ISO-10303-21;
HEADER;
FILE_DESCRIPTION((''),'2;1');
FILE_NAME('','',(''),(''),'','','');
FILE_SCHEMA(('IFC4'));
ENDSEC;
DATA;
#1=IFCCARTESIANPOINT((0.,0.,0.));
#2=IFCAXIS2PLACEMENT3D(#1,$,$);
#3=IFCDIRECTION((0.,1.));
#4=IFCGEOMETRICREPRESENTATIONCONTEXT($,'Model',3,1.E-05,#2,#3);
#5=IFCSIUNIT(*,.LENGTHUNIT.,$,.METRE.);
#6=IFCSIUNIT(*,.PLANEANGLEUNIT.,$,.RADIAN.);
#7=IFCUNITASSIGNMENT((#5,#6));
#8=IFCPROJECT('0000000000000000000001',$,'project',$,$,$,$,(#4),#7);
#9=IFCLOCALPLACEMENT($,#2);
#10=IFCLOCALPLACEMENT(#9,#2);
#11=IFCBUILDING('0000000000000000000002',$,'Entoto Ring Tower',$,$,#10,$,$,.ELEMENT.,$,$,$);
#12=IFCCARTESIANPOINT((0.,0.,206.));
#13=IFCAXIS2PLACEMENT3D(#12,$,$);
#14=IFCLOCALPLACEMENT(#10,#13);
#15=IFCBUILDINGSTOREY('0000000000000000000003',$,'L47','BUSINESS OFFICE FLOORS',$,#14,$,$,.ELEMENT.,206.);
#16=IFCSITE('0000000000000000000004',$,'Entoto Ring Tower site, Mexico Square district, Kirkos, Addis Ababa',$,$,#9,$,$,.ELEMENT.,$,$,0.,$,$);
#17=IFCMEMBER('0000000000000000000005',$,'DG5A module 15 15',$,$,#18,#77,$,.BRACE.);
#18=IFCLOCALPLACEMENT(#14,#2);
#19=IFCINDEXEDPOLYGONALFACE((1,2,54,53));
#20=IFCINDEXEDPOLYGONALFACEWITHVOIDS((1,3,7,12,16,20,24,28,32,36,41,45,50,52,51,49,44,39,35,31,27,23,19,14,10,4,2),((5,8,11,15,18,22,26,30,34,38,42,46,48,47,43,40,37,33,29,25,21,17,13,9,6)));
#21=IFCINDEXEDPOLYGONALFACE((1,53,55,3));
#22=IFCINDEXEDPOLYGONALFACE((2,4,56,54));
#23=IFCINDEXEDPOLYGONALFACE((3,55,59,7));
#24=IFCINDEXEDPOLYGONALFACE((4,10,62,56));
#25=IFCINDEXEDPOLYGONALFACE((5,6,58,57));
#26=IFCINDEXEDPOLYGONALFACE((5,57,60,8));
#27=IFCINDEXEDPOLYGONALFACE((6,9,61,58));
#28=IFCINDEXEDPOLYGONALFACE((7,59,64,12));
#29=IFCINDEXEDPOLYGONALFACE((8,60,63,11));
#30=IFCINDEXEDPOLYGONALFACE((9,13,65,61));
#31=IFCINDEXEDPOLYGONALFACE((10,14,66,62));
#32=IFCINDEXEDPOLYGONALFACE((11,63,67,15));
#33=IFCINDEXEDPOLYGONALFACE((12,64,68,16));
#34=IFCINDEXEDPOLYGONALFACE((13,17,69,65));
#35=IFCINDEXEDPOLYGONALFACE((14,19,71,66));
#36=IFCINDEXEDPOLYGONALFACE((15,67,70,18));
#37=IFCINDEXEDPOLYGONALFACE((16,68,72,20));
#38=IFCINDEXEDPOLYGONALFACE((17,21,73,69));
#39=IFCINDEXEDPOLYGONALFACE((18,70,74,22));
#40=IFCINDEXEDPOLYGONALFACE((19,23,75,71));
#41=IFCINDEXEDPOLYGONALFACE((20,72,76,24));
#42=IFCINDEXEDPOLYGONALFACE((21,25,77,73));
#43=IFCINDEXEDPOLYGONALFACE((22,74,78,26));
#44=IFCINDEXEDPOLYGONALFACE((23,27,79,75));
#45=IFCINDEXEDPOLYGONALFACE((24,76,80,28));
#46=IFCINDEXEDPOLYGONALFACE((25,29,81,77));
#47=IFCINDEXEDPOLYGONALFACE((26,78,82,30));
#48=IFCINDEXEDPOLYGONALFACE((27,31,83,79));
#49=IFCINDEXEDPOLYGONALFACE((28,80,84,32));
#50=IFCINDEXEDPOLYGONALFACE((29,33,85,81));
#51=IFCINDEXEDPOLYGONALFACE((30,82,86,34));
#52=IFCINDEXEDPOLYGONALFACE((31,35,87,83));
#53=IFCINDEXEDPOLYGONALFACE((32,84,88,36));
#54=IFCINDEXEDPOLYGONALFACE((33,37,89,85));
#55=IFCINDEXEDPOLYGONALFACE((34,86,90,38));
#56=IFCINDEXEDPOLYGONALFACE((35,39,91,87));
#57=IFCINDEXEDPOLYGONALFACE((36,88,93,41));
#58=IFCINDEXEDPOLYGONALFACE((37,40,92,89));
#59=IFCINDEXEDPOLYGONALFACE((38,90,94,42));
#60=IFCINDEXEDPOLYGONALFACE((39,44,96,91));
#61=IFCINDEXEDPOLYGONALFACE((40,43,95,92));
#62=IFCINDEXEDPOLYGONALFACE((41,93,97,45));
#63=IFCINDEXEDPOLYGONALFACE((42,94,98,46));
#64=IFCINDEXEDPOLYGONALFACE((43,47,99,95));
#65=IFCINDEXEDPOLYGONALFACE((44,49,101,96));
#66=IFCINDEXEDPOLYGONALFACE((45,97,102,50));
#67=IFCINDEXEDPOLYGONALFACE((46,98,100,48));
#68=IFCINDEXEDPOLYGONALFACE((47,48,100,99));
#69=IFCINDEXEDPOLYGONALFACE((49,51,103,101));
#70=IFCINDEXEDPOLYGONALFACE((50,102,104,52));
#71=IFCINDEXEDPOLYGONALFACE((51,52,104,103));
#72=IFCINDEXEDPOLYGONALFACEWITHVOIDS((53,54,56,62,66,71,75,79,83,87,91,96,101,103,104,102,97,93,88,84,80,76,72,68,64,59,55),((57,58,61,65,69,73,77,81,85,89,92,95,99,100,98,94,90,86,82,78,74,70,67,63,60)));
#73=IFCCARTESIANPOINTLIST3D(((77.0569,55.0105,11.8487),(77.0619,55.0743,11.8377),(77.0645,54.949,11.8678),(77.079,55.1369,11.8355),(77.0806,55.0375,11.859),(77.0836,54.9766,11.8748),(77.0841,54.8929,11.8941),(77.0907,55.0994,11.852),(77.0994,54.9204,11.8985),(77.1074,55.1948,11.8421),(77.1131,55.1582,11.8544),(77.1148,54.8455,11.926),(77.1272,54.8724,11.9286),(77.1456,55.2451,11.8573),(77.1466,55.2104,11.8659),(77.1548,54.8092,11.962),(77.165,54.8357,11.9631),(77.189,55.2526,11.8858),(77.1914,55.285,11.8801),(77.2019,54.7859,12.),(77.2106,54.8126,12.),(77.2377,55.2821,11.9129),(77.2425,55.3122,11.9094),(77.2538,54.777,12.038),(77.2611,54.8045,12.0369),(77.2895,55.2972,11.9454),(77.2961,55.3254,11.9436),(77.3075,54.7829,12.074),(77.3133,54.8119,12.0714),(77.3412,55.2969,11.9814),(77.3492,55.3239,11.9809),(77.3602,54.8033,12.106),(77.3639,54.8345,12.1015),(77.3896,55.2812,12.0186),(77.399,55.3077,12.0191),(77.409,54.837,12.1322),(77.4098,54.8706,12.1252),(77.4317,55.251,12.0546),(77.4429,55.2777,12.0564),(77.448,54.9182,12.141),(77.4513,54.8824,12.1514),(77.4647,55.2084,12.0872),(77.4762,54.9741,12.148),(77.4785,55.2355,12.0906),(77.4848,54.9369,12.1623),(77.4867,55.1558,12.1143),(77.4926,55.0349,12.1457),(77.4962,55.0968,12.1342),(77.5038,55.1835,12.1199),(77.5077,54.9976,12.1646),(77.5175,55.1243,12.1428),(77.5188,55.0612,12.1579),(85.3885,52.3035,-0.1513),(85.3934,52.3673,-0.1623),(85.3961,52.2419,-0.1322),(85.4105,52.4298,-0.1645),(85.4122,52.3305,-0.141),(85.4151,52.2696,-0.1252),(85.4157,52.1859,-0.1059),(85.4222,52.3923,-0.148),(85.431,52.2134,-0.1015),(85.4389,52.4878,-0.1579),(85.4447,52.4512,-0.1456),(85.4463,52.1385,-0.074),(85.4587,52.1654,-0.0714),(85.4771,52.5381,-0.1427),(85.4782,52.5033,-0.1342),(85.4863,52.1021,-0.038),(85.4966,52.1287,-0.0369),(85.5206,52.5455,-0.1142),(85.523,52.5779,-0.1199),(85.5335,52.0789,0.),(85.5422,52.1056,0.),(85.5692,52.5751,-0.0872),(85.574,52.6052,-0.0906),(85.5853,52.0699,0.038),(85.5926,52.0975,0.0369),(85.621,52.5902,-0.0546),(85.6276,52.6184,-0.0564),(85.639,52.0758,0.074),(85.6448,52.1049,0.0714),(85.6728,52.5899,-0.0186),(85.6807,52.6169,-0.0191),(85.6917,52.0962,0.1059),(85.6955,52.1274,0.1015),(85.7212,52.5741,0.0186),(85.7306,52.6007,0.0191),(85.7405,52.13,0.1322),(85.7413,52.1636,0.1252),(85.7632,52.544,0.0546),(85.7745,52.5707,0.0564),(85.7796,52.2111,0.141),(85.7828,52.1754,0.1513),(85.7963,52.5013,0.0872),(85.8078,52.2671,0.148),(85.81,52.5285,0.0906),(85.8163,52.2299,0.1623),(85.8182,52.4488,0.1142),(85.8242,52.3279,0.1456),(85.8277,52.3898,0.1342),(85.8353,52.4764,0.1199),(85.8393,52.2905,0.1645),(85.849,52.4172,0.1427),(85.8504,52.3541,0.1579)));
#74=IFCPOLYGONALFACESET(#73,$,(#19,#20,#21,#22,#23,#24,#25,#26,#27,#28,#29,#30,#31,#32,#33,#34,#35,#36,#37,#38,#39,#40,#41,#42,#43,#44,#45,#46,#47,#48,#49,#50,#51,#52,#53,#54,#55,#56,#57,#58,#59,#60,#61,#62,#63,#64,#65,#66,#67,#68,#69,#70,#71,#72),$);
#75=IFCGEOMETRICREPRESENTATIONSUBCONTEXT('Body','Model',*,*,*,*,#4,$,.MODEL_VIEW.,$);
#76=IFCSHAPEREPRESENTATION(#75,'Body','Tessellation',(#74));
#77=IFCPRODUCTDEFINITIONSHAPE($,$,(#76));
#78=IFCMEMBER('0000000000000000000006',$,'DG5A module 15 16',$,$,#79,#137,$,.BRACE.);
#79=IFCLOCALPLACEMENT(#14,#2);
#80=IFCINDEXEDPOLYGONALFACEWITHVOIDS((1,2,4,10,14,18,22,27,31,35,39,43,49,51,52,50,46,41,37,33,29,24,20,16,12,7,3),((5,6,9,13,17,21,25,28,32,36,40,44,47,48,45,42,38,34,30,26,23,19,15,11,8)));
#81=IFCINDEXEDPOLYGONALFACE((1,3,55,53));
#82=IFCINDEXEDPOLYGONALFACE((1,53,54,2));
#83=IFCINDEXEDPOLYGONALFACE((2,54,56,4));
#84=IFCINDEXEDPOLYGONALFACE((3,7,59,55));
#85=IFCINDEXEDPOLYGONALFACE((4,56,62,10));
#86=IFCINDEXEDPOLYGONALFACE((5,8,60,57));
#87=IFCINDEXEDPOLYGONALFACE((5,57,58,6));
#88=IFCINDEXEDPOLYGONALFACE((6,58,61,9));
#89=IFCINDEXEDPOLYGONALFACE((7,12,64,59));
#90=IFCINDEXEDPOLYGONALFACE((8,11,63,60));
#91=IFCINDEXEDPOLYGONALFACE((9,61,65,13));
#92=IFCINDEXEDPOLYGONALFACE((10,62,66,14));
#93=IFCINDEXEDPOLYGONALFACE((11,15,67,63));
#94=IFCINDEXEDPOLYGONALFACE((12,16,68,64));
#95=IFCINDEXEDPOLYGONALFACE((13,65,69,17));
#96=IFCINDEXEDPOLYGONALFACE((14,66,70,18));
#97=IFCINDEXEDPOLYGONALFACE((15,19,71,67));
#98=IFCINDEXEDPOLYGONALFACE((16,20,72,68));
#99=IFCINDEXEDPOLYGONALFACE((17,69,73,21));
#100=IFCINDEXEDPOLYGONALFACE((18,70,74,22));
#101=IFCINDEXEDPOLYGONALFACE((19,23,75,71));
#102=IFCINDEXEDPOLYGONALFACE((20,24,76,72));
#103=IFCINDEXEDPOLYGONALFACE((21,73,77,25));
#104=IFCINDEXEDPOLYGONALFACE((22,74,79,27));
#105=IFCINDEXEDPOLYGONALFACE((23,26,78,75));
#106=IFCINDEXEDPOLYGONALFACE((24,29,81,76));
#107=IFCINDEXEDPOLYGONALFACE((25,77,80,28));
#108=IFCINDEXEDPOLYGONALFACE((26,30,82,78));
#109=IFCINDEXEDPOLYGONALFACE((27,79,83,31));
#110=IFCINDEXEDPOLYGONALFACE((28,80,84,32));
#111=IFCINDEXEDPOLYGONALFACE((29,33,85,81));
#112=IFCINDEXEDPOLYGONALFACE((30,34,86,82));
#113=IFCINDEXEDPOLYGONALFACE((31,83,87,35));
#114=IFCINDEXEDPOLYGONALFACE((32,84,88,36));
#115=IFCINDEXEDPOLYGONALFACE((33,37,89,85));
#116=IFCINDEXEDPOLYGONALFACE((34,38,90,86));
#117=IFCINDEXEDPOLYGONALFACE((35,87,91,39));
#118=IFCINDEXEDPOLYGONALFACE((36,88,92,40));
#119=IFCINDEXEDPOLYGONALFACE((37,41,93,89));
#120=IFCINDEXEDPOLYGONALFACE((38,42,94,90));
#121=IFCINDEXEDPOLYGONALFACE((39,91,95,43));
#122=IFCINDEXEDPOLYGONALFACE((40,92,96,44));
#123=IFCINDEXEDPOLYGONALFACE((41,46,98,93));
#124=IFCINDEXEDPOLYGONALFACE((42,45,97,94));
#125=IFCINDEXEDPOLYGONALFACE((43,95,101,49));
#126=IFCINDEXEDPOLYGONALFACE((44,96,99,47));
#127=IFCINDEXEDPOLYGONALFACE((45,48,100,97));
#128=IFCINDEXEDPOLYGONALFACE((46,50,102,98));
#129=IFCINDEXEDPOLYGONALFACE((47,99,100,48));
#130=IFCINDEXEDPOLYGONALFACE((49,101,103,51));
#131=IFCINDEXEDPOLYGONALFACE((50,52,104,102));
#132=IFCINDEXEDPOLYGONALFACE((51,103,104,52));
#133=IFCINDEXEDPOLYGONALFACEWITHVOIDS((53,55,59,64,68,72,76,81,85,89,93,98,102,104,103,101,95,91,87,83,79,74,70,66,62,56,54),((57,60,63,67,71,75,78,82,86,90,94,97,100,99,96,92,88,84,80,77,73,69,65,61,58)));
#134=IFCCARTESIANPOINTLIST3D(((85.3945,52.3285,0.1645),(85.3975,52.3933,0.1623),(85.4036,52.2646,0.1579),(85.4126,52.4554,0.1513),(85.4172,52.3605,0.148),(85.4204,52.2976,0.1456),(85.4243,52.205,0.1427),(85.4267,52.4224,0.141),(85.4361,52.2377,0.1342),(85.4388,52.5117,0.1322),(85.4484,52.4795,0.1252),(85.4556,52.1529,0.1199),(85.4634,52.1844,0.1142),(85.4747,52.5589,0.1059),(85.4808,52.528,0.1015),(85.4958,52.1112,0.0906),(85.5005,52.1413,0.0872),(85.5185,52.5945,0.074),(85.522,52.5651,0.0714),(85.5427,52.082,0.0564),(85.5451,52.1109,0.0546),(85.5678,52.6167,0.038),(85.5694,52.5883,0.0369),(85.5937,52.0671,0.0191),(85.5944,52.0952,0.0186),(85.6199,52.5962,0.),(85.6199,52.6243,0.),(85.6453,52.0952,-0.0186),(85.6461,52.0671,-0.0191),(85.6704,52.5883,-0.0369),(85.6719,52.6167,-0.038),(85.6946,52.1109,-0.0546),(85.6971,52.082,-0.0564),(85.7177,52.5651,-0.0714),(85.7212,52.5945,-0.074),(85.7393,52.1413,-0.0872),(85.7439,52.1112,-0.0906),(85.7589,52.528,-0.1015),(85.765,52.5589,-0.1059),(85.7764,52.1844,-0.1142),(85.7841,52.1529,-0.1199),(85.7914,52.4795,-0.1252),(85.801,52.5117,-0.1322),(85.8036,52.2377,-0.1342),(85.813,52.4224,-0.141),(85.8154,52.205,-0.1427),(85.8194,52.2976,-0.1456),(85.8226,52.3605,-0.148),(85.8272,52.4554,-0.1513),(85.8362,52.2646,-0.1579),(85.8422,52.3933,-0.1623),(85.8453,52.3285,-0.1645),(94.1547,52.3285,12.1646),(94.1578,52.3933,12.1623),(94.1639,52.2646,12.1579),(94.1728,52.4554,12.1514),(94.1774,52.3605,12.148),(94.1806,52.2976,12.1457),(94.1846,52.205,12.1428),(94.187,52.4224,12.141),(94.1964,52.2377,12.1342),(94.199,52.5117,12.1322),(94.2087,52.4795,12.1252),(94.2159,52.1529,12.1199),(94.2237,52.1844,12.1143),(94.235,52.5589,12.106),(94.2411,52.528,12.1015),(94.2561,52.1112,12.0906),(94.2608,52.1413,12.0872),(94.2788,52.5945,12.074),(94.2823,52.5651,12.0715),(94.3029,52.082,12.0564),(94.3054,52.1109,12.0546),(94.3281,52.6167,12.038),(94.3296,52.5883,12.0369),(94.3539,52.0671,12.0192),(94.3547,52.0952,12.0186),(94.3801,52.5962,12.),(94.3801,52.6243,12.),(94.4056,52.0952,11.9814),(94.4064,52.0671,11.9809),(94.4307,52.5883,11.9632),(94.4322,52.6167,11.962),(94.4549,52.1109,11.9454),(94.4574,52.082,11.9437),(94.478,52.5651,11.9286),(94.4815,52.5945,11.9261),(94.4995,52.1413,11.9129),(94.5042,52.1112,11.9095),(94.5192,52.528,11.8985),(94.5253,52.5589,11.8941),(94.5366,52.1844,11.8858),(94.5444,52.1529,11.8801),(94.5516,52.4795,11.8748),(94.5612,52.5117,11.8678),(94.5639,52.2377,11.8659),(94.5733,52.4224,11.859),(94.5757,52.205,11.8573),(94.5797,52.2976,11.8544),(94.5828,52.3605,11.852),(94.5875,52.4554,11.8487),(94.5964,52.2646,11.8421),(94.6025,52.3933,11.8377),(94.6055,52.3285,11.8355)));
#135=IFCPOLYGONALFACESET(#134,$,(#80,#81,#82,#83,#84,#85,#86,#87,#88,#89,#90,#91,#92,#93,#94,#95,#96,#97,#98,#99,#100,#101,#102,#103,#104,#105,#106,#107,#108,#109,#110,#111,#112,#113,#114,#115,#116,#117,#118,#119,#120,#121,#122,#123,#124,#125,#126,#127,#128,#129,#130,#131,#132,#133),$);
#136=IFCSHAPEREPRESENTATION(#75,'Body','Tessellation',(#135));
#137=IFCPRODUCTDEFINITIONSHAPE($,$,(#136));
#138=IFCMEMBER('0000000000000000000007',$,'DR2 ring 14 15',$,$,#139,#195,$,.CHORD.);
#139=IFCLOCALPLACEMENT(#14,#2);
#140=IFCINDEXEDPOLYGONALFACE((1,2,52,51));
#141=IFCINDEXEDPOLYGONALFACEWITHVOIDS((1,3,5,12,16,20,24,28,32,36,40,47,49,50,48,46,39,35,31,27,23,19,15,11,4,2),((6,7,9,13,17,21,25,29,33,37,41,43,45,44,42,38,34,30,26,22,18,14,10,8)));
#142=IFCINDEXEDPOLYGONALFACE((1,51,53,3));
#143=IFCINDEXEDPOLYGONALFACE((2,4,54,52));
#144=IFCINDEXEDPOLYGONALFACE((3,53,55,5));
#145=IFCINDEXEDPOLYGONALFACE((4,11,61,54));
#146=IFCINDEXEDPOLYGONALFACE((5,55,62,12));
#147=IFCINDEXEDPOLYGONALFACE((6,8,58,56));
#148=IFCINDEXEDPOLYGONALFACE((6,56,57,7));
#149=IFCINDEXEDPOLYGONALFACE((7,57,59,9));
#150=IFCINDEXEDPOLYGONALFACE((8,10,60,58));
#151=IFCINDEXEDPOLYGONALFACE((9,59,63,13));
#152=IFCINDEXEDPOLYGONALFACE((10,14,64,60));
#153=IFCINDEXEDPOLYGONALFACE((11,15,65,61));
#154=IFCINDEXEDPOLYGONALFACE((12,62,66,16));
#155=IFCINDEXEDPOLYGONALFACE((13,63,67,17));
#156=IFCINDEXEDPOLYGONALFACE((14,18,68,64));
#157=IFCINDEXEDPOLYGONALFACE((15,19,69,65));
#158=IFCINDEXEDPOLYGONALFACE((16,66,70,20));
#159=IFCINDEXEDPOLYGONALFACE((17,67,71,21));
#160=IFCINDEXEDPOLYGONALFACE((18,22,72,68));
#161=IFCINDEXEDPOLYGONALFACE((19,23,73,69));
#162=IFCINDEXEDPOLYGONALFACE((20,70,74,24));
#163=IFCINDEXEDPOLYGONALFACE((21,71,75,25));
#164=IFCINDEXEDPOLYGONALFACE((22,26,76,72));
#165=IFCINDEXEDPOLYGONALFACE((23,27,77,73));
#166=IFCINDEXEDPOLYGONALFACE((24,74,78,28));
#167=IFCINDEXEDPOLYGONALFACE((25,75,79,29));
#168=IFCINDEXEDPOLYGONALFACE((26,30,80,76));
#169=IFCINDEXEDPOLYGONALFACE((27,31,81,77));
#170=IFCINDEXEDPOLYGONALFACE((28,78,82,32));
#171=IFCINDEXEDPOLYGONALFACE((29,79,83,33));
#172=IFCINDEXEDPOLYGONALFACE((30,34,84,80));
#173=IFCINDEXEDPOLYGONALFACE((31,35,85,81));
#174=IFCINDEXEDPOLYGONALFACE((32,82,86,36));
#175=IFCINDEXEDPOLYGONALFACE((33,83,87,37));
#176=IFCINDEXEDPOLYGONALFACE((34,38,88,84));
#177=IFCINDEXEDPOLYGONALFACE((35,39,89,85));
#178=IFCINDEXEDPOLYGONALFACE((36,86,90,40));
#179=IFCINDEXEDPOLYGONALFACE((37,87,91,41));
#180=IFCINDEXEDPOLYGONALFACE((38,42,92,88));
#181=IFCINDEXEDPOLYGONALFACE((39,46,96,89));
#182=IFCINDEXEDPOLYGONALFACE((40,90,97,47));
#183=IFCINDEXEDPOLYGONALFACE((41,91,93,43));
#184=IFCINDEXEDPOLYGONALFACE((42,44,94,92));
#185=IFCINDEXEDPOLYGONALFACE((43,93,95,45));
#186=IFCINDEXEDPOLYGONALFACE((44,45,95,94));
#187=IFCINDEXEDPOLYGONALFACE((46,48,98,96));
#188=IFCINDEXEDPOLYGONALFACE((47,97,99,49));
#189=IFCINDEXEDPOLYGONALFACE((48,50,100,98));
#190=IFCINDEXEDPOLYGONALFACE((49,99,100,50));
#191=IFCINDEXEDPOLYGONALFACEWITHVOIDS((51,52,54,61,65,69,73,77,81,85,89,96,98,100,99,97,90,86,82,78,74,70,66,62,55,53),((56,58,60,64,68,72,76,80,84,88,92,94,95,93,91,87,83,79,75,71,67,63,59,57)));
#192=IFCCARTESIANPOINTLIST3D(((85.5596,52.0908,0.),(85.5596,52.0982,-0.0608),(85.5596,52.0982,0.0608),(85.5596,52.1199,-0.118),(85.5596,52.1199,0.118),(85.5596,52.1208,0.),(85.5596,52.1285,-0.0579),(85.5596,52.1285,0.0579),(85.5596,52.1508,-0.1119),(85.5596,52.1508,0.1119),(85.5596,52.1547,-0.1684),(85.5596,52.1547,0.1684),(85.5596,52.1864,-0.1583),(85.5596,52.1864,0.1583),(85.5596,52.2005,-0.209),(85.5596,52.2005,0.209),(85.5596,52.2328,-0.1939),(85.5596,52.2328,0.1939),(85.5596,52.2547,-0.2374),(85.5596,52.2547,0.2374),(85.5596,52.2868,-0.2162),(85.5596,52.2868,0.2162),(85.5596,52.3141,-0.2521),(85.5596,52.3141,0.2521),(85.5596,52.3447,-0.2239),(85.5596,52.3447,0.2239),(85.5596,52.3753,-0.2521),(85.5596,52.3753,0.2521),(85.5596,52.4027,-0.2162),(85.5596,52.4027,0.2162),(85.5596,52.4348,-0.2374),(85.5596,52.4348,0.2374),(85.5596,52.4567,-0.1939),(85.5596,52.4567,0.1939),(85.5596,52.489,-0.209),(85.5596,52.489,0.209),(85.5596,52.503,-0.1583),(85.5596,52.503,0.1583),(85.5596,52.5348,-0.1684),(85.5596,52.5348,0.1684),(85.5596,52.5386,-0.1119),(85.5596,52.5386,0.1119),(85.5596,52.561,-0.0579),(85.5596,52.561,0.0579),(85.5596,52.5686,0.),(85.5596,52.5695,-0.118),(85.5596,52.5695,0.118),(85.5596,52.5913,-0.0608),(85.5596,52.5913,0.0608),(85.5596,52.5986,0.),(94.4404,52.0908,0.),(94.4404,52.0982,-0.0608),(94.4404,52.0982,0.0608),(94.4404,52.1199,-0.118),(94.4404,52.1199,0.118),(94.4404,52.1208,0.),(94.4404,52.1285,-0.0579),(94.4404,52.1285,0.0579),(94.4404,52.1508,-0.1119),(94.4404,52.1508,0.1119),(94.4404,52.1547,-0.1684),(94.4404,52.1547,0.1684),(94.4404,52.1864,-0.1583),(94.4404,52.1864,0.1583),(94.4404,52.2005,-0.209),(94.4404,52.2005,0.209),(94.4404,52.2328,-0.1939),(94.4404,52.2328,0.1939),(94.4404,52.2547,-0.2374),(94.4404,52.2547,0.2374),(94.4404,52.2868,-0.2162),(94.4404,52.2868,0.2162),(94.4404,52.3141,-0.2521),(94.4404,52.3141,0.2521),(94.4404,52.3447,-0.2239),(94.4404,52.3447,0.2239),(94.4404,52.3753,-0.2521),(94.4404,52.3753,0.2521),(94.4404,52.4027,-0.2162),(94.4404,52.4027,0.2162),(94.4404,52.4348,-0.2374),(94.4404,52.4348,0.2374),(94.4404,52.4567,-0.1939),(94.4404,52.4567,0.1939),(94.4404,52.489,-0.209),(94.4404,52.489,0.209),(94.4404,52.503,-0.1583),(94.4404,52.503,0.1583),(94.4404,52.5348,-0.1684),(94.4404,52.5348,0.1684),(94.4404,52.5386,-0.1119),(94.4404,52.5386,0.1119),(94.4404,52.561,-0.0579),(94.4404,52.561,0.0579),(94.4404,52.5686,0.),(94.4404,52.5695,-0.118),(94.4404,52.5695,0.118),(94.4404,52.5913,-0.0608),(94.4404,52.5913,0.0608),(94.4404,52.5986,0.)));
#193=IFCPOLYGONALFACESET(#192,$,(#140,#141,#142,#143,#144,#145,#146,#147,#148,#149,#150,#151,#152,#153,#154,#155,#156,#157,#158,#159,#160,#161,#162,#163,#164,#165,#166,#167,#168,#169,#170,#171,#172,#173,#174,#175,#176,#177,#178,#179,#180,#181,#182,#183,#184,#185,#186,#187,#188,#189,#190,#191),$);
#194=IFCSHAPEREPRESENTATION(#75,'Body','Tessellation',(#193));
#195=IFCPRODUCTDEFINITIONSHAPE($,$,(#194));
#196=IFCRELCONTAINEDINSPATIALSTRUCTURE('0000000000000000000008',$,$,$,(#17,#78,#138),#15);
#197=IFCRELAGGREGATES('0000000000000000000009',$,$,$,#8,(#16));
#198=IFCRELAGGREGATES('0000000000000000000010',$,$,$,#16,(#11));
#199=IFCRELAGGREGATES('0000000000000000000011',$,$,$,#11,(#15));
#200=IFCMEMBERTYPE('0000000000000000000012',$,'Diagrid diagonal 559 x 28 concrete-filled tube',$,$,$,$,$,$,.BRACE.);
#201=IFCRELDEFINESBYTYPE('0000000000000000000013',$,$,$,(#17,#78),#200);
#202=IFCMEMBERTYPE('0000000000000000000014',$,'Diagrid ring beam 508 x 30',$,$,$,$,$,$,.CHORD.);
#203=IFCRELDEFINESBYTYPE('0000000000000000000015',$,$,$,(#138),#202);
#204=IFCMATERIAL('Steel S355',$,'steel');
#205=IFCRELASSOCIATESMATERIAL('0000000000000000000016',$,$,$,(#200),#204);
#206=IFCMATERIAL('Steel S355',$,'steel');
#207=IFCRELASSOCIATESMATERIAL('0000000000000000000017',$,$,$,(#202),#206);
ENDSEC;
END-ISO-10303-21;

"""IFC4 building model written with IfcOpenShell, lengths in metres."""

from ifc_helpers import new_model, si_unit, direction, frame, origin, origin_2d, place, context, subcontext, project, spatial, circle, hollow_circle, extrude, material, material_profile, profile_set, type_object, element, save


model = new_model("IFC4")

# Units and contexts
model_context = context("Model", 3, precision=1e-05, world=origin(), true_north=direction((0.0, 1.0)))
body_context = subcontext(model_context, "Body", "Model", "MODEL_VIEW")
ifc_project = project(units=[si_unit("LENGTHUNIT", "METRE"), si_unit("PLANEANGLEUNIT", "RADIAN")], contexts=[model_context])

# Site, building, storey
site_placement = place(None, origin())
site = spatial("IfcSite", under=ifc_project, at=site_placement, Name="Entoto Ring Tower site, Mexico Square district, Kirkos, Addis Ababa", CompositionType="ELEMENT", RefElevation=0.0)
building_placement = place(site_placement, origin())
building = spatial("IfcBuilding", under=site, at=building_placement, Name="Entoto Ring Tower", CompositionType="ELEMENT")
storey_placement = place(building_placement, frame((0.0, 0.0, 206.0)))
storey = spatial("IfcBuildingStorey", under=building, at=storey_placement, Name="L47", Description="BUSINESS OFFICE FLOORS", CompositionType="ELEMENT", Elevation=206.0)

# Members
ifc_material_1 = material(Name="Steel S355", Category="steel")
ifc_material_profile_1 = material_profile(ifc_material_1, hollow_circle(Radius=0.2795, WallThickness=0.0281, at=origin_2d()), Name="CHS 559 x 28")
ifc_material_2 = material(Name="Concrete C60/75", Category="concrete")
ifc_material_profile_2 = material_profile(ifc_material_2, circle(Radius=0.2515, at=origin_2d()), Name="Concrete C60/75 infill")
ifc_profile_set_1 = profile_set([ifc_material_profile_1, ifc_material_profile_2], Name="Steel S355")
member_type_1 = type_object("IfcMemberType", Name="Diagrid diagonal 559 x 28 concrete-filled tube", PredefinedType="BRACE", material=ifc_profile_set_1)
for number, where, z_axis, x_axis, name in (
    (1, (85.6199, 52.3447, 0.0), (-0.560767, 0.182201, 0.807678), (-0.309012, -0.951058, 0.0), "DG5A module 15 15"),
    (2, (85.6199, 52.3447, 0.0), (0.589623, 0.0, 0.807679), (0.0, 1.0, 0.0), "DG5A module 15 16"),
):
    element("IfcMember", number, at=place(storey_placement, frame(where, z_axis=z_axis, x_axis=x_axis)), inside=storey, type_object=member_type_1, Name=name, PredefinedType="BRACE", context=body_context, shape_type="SweptSolid", body=[
        extrude(hollow_circle(Radius=0.2795, WallThickness=0.0281, at=origin_2d()), origin(), (0.0, 0.0, 1.0), 14.8574),
    ])
ifc_material_3 = material(Name="Steel S355", Category="steel")
ifc_material_profile_3 = material_profile(ifc_material_3, hollow_circle(Radius=0.2539, WallThickness=0.03, at=origin_2d()), Name="CHS 508 x 30")
ifc_material_4 = material(Name="Concrete C60/75", Category="concrete")
ifc_material_profile_4 = material_profile(ifc_material_4, circle(Radius=0.2241, at=origin_2d()), Name="Concrete C60/75 infill")
ifc_profile_set_2 = profile_set([ifc_material_profile_3, ifc_material_profile_4], Name="Steel S355")
member_type_2 = type_object("IfcMemberType", Name="Diagrid ring beam 508 x 30", PredefinedType="CHORD", material=ifc_profile_set_2)
member_1_placement = place(storey_placement, frame((85.5596, 52.3447, 0.0), z_axis=(1.0, 0.0, 0.0), x_axis=(0.0, 1.0, 0.0)))
element("IfcMember", 3, at=member_1_placement, inside=storey, type_object=member_type_2, Name="DR2 ring 14 15", PredefinedType="CHORD", context=body_context, shape_type="SweptSolid", body=[
    extrude(hollow_circle(Radius=0.2539, WallThickness=0.03, at=origin_2d()), origin(), (0.0, 0.0, 1.0), 8.8809),
])

save(model, "model.ifc")
